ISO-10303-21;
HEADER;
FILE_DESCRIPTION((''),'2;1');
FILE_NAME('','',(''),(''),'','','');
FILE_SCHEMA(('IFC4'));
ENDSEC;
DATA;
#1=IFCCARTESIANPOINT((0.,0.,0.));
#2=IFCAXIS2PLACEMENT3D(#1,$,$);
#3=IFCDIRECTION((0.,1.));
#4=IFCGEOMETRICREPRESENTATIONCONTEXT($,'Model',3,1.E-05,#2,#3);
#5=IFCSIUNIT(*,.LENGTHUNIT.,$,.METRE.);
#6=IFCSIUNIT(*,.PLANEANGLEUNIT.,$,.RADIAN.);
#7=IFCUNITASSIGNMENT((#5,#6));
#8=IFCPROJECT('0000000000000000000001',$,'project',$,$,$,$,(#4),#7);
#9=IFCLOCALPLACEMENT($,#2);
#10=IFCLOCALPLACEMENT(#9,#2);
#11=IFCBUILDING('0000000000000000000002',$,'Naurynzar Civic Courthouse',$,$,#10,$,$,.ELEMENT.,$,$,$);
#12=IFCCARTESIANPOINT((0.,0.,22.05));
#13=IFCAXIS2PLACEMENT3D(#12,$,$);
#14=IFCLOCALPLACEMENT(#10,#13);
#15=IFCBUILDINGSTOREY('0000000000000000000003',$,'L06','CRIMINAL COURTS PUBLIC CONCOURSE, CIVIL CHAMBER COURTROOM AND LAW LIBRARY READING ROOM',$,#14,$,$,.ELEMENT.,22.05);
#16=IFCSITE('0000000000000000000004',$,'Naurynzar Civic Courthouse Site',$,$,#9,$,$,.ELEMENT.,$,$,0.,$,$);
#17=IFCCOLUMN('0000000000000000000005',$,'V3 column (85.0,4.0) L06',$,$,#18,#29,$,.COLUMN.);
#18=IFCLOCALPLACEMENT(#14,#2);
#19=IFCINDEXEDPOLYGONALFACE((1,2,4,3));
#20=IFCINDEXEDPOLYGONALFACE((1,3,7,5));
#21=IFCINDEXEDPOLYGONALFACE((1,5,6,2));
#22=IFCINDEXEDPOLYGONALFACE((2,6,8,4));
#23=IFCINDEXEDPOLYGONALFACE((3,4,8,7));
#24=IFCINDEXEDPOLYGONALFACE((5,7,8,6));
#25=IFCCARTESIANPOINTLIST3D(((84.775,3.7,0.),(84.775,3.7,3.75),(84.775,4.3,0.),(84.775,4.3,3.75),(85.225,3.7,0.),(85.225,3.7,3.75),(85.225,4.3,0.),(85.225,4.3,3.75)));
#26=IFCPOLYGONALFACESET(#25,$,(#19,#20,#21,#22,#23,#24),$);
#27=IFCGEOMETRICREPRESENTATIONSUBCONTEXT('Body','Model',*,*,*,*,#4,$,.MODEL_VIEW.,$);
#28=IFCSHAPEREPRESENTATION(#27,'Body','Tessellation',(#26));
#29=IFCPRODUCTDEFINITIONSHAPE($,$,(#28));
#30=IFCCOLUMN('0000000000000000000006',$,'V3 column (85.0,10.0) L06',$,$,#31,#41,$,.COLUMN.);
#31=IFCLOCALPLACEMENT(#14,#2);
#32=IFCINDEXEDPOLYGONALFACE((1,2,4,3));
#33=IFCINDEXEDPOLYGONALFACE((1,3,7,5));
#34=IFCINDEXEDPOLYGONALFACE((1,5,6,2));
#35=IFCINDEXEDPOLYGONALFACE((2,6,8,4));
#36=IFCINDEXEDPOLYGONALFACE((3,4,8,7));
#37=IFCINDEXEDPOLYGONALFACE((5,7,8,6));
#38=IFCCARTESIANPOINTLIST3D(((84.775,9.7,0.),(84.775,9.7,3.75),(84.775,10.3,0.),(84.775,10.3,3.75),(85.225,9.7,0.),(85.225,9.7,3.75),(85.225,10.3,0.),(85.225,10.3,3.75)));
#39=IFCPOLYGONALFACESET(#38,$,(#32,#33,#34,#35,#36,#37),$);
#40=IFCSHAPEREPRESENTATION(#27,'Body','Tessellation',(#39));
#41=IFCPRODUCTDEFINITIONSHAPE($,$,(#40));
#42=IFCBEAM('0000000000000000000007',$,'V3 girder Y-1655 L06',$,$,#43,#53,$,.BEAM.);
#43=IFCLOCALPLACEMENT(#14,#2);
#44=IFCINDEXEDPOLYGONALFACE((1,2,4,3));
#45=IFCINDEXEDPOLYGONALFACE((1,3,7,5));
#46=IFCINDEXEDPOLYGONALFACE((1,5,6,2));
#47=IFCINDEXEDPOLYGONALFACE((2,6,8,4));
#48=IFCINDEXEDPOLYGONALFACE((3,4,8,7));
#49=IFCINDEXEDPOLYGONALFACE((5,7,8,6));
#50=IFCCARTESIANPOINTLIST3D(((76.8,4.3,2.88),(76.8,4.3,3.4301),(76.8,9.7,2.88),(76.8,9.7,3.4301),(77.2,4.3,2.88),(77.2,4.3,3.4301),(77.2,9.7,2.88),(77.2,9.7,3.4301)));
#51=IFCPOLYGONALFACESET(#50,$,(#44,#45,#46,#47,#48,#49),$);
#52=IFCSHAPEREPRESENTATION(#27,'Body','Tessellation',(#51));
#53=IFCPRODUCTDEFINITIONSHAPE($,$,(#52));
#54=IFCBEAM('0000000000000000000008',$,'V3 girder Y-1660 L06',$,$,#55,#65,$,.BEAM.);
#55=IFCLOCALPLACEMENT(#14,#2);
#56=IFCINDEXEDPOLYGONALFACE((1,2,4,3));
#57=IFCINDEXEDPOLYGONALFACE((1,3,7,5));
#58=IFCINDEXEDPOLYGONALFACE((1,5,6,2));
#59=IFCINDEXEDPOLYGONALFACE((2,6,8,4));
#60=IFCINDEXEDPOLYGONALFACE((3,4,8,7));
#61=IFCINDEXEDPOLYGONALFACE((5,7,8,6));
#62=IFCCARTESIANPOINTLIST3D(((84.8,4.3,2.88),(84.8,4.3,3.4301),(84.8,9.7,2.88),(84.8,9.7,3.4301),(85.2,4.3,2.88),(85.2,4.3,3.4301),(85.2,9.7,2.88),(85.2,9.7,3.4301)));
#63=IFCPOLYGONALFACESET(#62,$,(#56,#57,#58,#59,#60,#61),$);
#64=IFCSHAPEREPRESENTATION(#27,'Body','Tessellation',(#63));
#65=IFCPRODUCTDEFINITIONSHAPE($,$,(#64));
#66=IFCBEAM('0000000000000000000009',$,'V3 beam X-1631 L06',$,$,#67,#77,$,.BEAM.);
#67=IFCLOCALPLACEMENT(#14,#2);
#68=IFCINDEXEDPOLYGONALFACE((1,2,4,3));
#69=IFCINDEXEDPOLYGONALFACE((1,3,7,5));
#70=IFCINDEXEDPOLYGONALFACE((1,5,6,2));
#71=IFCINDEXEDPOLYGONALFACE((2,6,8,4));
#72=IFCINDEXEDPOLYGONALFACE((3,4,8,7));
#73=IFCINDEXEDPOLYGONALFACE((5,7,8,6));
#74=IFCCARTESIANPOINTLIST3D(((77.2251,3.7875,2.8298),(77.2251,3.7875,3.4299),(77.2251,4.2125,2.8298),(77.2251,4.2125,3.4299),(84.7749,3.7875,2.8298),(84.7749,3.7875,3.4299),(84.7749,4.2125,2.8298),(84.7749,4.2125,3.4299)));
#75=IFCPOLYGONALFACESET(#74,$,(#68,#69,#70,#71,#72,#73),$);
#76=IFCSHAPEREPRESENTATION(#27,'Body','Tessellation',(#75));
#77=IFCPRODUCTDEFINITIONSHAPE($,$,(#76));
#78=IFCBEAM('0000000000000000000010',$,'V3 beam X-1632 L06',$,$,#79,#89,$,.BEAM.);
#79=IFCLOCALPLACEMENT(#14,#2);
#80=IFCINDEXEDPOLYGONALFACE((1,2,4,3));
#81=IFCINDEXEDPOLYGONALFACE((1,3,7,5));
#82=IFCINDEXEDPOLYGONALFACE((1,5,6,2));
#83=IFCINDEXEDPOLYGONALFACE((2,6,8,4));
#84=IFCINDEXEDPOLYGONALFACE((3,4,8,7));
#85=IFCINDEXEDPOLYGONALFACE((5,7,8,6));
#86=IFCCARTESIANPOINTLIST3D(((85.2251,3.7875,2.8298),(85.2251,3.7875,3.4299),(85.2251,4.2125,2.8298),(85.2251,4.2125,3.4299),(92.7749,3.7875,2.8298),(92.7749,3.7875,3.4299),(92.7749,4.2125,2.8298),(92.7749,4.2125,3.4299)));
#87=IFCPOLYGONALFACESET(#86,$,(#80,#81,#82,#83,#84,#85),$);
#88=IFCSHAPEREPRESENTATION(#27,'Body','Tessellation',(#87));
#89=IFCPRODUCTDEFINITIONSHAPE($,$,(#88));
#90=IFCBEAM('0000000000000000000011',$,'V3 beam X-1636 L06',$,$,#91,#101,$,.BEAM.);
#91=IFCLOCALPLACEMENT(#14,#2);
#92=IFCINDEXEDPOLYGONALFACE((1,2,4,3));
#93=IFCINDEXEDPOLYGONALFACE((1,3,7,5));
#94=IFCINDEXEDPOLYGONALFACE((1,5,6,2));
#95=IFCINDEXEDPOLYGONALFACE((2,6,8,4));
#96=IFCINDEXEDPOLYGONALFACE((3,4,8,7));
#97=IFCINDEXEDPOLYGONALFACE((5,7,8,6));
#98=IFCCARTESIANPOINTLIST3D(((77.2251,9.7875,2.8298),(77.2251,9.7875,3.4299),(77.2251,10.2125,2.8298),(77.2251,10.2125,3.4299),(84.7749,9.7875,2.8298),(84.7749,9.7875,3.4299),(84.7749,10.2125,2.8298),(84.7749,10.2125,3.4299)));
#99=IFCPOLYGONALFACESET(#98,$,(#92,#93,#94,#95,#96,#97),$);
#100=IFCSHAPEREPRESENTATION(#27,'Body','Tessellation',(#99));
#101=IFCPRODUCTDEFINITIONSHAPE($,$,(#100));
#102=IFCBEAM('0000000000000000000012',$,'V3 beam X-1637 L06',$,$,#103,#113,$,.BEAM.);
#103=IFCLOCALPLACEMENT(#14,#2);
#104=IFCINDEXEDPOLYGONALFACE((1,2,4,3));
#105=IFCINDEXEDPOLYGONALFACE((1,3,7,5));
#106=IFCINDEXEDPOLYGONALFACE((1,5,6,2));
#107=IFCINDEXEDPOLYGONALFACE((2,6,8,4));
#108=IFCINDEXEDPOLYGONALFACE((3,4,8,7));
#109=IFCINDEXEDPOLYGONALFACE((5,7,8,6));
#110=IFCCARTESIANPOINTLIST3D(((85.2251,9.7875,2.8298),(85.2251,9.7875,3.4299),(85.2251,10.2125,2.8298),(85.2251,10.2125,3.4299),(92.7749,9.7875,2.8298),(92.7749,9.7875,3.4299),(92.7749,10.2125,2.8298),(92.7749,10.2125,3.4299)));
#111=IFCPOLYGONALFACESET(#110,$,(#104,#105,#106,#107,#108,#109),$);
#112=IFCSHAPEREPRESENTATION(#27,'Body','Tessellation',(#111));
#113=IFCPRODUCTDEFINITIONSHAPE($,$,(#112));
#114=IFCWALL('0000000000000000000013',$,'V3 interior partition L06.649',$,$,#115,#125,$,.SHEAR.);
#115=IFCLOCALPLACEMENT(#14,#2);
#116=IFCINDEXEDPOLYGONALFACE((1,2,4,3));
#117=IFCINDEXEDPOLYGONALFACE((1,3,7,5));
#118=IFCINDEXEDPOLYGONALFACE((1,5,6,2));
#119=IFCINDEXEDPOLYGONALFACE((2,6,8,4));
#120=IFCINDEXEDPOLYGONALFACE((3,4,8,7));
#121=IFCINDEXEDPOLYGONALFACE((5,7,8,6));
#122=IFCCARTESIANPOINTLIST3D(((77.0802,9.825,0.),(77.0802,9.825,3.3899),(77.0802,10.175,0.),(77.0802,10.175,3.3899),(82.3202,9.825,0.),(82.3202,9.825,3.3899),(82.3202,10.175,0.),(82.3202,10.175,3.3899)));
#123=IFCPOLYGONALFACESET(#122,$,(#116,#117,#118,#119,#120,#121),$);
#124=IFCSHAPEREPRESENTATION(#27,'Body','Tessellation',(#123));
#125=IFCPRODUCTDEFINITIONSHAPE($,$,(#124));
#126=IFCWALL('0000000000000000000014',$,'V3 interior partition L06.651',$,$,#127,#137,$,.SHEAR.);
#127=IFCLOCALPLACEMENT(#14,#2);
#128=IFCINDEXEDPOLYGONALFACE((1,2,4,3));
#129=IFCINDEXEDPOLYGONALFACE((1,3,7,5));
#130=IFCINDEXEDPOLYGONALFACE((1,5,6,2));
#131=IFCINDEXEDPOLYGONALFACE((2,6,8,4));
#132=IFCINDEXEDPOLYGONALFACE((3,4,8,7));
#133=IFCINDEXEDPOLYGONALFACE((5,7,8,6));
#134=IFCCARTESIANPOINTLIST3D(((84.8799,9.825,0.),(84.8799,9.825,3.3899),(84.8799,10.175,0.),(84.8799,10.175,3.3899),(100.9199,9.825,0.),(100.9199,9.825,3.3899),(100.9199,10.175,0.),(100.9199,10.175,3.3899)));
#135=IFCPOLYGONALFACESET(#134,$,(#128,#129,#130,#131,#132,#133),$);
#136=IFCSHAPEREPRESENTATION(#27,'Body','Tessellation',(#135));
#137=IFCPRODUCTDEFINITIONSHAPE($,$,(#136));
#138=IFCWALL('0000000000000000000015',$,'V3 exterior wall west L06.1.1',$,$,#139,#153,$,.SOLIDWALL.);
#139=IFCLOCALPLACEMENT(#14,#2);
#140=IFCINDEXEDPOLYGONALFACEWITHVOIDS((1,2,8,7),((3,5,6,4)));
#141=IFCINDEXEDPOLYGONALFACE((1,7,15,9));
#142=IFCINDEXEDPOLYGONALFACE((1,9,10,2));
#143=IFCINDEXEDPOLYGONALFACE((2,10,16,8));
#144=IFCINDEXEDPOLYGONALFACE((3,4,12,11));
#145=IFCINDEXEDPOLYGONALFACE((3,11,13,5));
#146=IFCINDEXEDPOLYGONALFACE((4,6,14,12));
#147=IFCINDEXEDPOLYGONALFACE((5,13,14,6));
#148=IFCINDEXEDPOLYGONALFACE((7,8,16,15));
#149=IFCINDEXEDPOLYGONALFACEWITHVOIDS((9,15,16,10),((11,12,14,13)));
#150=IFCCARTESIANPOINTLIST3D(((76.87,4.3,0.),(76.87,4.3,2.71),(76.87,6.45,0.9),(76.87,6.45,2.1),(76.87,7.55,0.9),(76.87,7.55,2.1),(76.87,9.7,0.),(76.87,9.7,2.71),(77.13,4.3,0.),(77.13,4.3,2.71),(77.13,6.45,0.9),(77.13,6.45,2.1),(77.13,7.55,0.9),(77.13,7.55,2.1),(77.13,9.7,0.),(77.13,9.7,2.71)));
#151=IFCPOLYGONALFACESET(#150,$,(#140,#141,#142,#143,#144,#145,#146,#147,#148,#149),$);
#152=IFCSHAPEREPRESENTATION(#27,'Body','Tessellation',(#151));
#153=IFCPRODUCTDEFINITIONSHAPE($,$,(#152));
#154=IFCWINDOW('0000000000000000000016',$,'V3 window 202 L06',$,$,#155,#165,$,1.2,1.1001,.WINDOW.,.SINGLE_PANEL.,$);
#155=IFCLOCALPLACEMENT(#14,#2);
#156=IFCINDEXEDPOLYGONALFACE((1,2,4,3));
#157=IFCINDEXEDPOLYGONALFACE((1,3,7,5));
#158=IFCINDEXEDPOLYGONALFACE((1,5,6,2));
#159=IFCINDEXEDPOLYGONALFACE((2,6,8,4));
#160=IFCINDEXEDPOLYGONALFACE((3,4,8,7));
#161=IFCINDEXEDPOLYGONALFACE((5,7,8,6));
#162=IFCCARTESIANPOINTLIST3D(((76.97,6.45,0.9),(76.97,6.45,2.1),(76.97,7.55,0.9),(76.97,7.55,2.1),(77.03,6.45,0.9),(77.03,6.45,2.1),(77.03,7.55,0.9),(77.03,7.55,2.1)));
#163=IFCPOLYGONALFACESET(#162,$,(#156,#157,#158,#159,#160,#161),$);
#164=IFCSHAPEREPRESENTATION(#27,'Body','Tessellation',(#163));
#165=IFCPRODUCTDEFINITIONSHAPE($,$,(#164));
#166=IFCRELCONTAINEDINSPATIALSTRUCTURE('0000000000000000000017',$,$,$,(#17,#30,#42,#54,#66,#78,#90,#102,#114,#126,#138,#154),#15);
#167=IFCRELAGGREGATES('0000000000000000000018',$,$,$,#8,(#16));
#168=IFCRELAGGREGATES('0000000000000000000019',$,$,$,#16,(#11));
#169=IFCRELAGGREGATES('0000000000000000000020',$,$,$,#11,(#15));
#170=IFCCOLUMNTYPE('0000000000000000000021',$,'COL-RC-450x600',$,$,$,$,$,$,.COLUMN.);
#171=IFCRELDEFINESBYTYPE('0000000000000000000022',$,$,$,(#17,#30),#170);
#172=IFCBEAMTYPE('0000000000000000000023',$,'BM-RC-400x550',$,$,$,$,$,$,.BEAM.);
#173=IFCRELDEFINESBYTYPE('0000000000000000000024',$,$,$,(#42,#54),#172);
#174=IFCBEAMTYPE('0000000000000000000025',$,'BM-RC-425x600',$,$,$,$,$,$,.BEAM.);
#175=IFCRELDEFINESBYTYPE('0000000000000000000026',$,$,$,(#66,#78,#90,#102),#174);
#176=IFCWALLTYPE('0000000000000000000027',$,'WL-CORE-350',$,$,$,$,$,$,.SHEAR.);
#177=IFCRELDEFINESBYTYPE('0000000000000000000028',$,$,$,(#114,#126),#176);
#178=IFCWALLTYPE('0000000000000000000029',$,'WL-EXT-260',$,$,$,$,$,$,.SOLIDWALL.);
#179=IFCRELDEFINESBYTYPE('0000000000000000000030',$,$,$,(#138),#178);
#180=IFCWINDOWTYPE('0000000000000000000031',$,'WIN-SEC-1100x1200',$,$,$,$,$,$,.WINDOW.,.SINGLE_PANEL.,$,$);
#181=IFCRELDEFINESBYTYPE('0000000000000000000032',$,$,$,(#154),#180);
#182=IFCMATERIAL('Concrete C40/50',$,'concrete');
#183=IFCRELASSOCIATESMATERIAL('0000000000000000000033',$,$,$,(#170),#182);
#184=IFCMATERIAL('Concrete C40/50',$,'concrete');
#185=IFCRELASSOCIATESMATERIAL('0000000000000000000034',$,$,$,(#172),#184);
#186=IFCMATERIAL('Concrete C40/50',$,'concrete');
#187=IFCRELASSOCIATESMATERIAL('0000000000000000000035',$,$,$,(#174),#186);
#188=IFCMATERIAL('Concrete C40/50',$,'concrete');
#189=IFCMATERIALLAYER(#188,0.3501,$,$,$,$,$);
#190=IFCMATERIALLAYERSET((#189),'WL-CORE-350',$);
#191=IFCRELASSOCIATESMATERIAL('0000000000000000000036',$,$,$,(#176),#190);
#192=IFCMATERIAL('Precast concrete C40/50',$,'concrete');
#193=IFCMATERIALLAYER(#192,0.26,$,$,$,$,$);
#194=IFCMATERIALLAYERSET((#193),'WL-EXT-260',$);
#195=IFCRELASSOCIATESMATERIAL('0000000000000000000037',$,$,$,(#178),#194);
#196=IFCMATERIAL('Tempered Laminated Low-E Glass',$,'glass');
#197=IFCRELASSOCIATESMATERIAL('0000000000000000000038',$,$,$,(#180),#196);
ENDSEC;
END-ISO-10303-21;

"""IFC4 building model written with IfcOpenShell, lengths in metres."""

from ifc_helpers import new_model, si_unit, direction, frame, frame_2d, origin, origin_2d, place, context, subcontext, project, spatial, rectangle, extrude, material, layer, layer_set, material_profile, profile_set, type_object, element, fill, save


model = new_model("IFC4")

# Units and contexts
model_context = context("Model", 3, precision=1e-05, world=origin(), true_north=direction((0.0, 1.0)))
body_context = subcontext(model_context, "Body", "Model", "MODEL_VIEW")
ifc_project = project(units=[si_unit("LENGTHUNIT", "METRE"), si_unit("PLANEANGLEUNIT", "RADIAN")], contexts=[model_context])

# Site, building, storey
site_placement = place(None, origin())
site = spatial("IfcSite", under=ifc_project, at=site_placement, Name="Naurynzar Civic Courthouse Site", CompositionType="ELEMENT", RefElevation=0.0)
building_placement = place(site_placement, origin())
building = spatial("IfcBuilding", under=site, at=building_placement, Name="Naurynzar Civic Courthouse", CompositionType="ELEMENT")
storey_placement = place(building_placement, frame((0.0, 0.0, 22.05)))
storey = spatial("IfcBuildingStorey", under=building, at=storey_placement, Name="L06", Description="CRIMINAL COURTS PUBLIC CONCOURSE, CIVIL CHAMBER COURTROOM AND LAW LIBRARY READING ROOM", CompositionType="ELEMENT", Elevation=22.05)

# Columns
ifc_material_1 = material(Name="Concrete C40/50", Category="concrete")
ifc_material_profile_1 = material_profile(ifc_material_1, rectangle(XDim=0.45, YDim=0.6001, at=origin_2d()), Name="RC 450x600")
ifc_profile_set_1 = profile_set([ifc_material_profile_1], Name="Concrete C40/50")
column_type = type_object("IfcColumnType", Name="COL-RC-450x600", PredefinedType="COLUMN", material=ifc_profile_set_1)
for number, where, z_axis, x_axis, name in (
    (1, (85.0, 4.0, 0.0), (0.0, 0.0, 1.0), (1.0, 0.0, 0.0), "V3 column (85.0,4.0) L06"),
    (2, (85.0, 10.0, 0.0), (0.0, 0.0, 1.0), (1.0, 0.0, 0.0), "V3 column (85.0,10.0) L06"),
):
    element("IfcColumn", number, at=place(storey_placement, frame(where, z_axis=z_axis, x_axis=x_axis)), inside=storey, type_object=column_type, Name=name, PredefinedType="COLUMN", context=body_context, shape_type="SweptSolid", body=[
        extrude(rectangle(XDim=0.45, YDim=0.6001, at=origin_2d()), origin(), (0.0, 0.0, 1.0), 3.75),
    ])

# Beams
ifc_material_2 = material(Name="Concrete C40/50", Category="concrete")
ifc_material_profile_2 = material_profile(ifc_material_2, rectangle(XDim=0.3999, YDim=0.55, at=origin_2d()), Name="RCB 400x550")
ifc_profile_set_2 = profile_set([ifc_material_profile_2], Name="Concrete C40/50")
beam_type_1 = type_object("IfcBeamType", Name="BM-RC-400x550", PredefinedType="BEAM", material=ifc_profile_set_2)
for number, where, z_axis, x_axis, name in (
    (3, (77.0, 4.3, 3.155), (0.0, 1.0, 0.0), (-1.0, 0.0, 0.0), "V3 girder Y-1655 L06"),
    (4, (85.0, 4.3, 3.155), (0.0, 1.0, 0.0), (-1.0, 0.0, 0.0), "V3 girder Y-1660 L06"),
):
    element("IfcBeam", number, at=place(storey_placement, frame(where, z_axis=z_axis, x_axis=x_axis)), inside=storey, type_object=beam_type_1, Name=name, PredefinedType="BEAM", context=body_context, shape_type="SweptSolid", body=[
        extrude(rectangle(XDim=0.3999, YDim=0.55, at=origin_2d()), origin(), (0.0, 0.0, 1.0), 5.3999),
    ])
ifc_material_3 = material(Name="Concrete C40/50", Category="concrete")
ifc_material_profile_3 = material_profile(ifc_material_3, rectangle(XDim=0.425, YDim=0.6001, at=origin_2d()), Name="RCB 425x600")
ifc_profile_set_3 = profile_set([ifc_material_profile_3], Name="Concrete C40/50")
beam_type_2 = type_object("IfcBeamType", Name="BM-RC-425x600", PredefinedType="BEAM", material=ifc_profile_set_3)
for number, where, z_axis, x_axis, name in (
    (5, (77.2251, 4.0, 3.1299), (1.0, 0.0, 0.0), (0.0, 1.0, 0.0), "V3 beam X-1631 L06"),
    (6, (85.2251, 4.0, 3.1299), (1.0, 0.0, 0.0), (0.0, 1.0, 0.0), "V3 beam X-1632 L06"),
    (7, (77.2251, 10.0, 3.1299), (1.0, 0.0, 0.0), (0.0, 1.0, 0.0), "V3 beam X-1636 L06"),
    (8, (85.2251, 10.0, 3.1299), (1.0, 0.0, 0.0), (0.0, 1.0, 0.0), "V3 beam X-1637 L06"),
):
    element("IfcBeam", number, at=place(storey_placement, frame(where, z_axis=z_axis, x_axis=x_axis)), inside=storey, type_object=beam_type_2, Name=name, PredefinedType="BEAM", context=body_context, shape_type="SweptSolid", body=[
        extrude(rectangle(XDim=0.425, YDim=0.6001, at=origin_2d()), origin(), (0.0, 0.0, 1.0), 7.5498),
    ])

# Wall
ifc_material_4 = material(Name="Concrete C40/50", Category="concrete")
ifc_layer_1 = layer(ifc_material_4, 0.3501)
ifc_layer_set_1 = layer_set([ifc_layer_1], Name="WL-CORE-350")
wall_type_1 = type_object("IfcWallType", Name="WL-CORE-350", PredefinedType="SHEAR", material=ifc_layer_set_1)
wall_1_placement = place(storey_placement, frame((77.0801, 10.0, 0.0), z_axis=(0.0, 0.0, 1.0), x_axis=(1.0, 0.0, 0.0)))
element("IfcWall", 9, at=wall_1_placement, inside=storey, type_object=wall_type_1, Name="V3 interior partition L06.649", PredefinedType="SHEAR", context=body_context, shape_type="SweptSolid", body=[
    extrude(rectangle(XDim=5.24, YDim=0.3501, at=frame_2d((2.6201, 0.0))), origin(), (0.0, 0.0, 1.0), 3.3899),
])

# Wall
wall_2_placement = place(storey_placement, frame((84.8799, 10.0, 0.0), z_axis=(0.0, 0.0, 1.0), x_axis=(1.0, 0.0, 0.0)))
element("IfcWall", 10, at=wall_2_placement, inside=storey, type_object=wall_type_1, Name="V3 interior partition L06.651", PredefinedType="SHEAR", context=body_context, shape_type="SweptSolid", body=[
    extrude(rectangle(XDim=16.04, YDim=0.3501, at=frame_2d((8.02, 0.0))), origin(), (0.0, 0.0, 1.0), 3.3899),
])

# Wall, opening, window
ifc_material_5 = material(Name="Precast concrete C40/50", Category="concrete")
ifc_layer_2 = layer(ifc_material_5, 0.26)
ifc_layer_set_2 = layer_set([ifc_layer_2], Name="WL-EXT-260")
wall_type_2 = type_object("IfcWallType", Name="WL-EXT-260", PredefinedType="SOLIDWALL", material=ifc_layer_set_2)
wall_3_placement = place(storey_placement, frame((77.0, 4.3, 0.0), z_axis=(0.0, 0.0, 1.0), x_axis=(0.0, 1.0, 0.0)))
wall_3 = element("IfcWall", 11, at=wall_3_placement, inside=storey, type_object=wall_type_2, Name="V3 exterior wall west L06.1.1", PredefinedType="SOLIDWALL", context=body_context, shape_type="SweptSolid", body=[
    extrude(rectangle(XDim=5.3999, YDim=0.26, at=frame_2d((2.7, 0.0))), origin(), (0.0, 0.0, 1.0), 2.71),
])
opening_1_placement = place(wall_3_placement, frame((2.1499, 0.0, 0.8999)))
opening_1 = element("IfcOpeningElement", 12, at=opening_1_placement, cuts=wall_3, PredefinedType="OPENING", context=body_context, shape_type="SweptSolid", body=[
    extrude(rectangle(XDim=1.1001, YDim=1.2, at=frame_2d((0.55, 0.6001))), frame((0.0, 0.1399, 0.0), z_axis=(0.0, -1.0, 0.0), x_axis=(1.0, 0.0, 0.0)), (0.0, 0.0, 1.0), 0.28),
])
ifc_material_6 = material(Name="Tempered Laminated Low-E Glass", Category="glass")
window_type = type_object("IfcWindowType", Name="WIN-SEC-1100x1200", PartitioningType="SINGLE_PANEL", PredefinedType="WINDOW", material=ifc_material_6)
window_1_placement = place(opening_1_placement, origin())
window_1 = element("IfcWindow", 13, at=window_1_placement, inside=storey, type_object=window_type, Name="V3 window 202 L06", OverallHeight=1.2, OverallWidth=1.1001, PartitioningType="SINGLE_PANEL", PredefinedType="WINDOW", context=body_context, shape_type="SweptSolid", body=[
    extrude(rectangle(XDim=1.1001, YDim=1.2, at=frame_2d((0.55, 0.6001))), frame((0.0, 0.03, 0.0), z_axis=(0.0, -1.0, 0.0), x_axis=(1.0, 0.0, 0.0)), (0.0, 0.0, 1.0), 0.0601),
])
fill(opening_1, window_1)

save(model, "model.ifc")
